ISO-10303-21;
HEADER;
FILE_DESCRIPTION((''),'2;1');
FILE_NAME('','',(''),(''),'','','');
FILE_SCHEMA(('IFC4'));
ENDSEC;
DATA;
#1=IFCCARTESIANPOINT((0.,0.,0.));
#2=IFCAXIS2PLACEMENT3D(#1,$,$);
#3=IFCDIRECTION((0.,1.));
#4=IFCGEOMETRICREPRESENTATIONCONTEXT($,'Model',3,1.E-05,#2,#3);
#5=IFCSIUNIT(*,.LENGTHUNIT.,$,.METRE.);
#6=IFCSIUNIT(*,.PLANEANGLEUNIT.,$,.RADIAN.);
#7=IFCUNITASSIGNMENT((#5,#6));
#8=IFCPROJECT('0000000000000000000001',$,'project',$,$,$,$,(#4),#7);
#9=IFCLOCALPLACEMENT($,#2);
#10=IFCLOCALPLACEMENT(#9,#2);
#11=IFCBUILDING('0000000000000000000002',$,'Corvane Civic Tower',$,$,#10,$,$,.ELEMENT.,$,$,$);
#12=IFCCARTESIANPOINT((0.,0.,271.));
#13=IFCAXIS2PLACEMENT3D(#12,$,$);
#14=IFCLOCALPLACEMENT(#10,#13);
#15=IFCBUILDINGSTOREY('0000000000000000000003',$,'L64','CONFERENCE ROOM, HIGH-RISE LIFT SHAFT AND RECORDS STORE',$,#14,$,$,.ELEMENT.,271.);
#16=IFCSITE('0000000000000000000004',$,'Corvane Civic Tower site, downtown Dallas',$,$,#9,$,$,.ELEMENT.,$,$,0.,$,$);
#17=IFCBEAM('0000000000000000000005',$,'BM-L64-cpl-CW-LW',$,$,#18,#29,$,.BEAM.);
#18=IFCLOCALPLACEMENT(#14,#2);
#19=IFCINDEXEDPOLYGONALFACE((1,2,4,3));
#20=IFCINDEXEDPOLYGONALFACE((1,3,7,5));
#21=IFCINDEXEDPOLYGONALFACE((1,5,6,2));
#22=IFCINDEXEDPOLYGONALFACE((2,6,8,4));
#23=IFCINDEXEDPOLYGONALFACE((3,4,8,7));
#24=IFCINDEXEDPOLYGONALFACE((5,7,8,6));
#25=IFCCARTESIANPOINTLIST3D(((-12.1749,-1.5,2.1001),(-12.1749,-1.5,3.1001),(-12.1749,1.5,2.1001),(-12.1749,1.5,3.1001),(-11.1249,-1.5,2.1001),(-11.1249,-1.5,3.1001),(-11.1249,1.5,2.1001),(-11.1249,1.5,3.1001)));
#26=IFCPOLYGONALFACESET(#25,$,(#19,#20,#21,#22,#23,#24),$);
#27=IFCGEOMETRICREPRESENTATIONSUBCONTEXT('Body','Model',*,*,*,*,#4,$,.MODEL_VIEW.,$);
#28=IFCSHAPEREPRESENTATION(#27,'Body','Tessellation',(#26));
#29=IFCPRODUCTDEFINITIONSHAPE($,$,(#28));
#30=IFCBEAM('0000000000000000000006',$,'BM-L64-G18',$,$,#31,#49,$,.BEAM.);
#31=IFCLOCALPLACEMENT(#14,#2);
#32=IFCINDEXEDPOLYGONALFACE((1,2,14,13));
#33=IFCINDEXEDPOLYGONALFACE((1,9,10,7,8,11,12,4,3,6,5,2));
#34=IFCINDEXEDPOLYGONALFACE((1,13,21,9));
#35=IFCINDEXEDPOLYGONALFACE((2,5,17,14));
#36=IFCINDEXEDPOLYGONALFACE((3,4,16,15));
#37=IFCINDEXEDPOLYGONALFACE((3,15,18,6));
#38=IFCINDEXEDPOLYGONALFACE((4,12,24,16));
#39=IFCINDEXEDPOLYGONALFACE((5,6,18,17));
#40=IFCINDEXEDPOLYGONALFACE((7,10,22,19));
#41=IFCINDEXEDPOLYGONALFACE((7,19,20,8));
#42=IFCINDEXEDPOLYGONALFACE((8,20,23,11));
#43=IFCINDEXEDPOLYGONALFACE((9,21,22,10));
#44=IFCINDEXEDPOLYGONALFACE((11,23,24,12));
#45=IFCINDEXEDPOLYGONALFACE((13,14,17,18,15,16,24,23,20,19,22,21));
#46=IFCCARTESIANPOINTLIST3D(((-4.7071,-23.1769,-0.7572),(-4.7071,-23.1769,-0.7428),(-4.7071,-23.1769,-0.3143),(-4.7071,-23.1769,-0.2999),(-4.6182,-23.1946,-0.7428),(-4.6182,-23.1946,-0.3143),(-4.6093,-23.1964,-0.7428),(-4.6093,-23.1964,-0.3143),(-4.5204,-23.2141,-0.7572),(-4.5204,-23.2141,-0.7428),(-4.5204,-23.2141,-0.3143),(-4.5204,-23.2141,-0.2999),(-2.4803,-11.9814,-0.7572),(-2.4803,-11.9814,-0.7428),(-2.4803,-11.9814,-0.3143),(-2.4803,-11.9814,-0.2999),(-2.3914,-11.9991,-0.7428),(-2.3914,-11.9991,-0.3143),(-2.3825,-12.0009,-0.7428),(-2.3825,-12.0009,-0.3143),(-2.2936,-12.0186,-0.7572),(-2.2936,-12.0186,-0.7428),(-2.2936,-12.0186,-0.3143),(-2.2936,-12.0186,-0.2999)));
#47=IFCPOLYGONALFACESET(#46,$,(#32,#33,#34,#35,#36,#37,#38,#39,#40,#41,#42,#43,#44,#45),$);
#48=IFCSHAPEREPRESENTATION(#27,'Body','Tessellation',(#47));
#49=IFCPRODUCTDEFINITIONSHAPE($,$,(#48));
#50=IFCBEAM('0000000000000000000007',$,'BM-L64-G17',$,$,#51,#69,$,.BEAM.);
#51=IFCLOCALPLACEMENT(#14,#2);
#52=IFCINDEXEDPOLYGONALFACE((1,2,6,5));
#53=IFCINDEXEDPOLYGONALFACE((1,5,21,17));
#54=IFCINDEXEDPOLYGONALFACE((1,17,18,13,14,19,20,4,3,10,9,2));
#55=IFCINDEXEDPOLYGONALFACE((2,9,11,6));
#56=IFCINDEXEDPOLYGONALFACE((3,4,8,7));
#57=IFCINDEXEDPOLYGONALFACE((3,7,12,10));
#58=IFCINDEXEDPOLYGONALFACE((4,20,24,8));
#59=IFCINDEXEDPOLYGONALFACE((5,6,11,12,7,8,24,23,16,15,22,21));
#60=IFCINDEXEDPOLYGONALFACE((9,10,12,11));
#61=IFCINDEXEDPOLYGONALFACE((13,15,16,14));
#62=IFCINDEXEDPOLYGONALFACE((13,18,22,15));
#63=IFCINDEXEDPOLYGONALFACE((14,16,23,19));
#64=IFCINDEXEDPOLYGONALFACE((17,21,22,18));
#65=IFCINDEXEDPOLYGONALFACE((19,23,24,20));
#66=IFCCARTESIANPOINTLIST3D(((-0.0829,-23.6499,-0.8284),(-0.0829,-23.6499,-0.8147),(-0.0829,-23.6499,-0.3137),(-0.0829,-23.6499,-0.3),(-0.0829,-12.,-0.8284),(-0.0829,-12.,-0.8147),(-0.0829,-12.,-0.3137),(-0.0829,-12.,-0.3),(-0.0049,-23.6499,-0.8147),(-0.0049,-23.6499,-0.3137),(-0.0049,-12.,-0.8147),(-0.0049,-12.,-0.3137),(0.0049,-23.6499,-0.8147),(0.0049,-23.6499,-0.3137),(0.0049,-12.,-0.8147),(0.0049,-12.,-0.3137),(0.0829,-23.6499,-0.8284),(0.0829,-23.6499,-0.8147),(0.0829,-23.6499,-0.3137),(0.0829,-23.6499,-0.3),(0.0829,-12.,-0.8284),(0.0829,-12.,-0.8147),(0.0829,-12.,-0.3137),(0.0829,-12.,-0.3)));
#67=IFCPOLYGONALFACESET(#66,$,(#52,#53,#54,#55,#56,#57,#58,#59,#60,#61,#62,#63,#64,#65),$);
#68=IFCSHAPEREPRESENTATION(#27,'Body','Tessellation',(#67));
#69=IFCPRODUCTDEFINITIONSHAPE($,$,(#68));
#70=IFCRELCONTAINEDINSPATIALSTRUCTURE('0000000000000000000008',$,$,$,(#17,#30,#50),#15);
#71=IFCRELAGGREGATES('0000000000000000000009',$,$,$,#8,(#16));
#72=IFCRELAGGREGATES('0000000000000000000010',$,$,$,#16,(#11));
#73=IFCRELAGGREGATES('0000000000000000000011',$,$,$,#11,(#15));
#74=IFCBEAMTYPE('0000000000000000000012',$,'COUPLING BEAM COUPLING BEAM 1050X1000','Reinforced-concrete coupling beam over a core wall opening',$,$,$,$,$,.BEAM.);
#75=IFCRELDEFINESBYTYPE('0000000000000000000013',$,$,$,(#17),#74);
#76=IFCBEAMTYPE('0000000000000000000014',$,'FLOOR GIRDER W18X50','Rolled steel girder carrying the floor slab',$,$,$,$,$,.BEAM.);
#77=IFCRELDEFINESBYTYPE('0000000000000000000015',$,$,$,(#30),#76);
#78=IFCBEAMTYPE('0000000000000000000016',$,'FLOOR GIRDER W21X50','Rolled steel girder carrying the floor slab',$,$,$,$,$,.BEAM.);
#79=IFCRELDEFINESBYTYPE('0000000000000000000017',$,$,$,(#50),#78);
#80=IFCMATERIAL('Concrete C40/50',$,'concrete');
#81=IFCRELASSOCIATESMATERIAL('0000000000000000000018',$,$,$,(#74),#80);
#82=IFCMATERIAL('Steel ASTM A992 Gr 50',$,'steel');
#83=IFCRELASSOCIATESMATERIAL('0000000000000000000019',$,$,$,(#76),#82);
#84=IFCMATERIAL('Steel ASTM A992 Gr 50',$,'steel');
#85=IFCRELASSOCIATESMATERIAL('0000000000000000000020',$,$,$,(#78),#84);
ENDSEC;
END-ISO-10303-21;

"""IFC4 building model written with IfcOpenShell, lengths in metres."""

from ifc_helpers import new_model, si_unit, direction, frame, origin, origin_2d, place, context, subcontext, project, spatial, rectangle, i_section, extrude, material, material_profile, profile_set, type_object, element, save


model = new_model("IFC4")

# Units and contexts
model_context = context("Model", 3, precision=1e-05, world=origin(), true_north=direction((0.0, 1.0)))
body_context = subcontext(model_context, "Body", "Model", "MODEL_VIEW")
ifc_project = project(units=[si_unit("LENGTHUNIT", "METRE"), si_unit("PLANEANGLEUNIT", "RADIAN")], contexts=[model_context])

# Site, building, storey
site_placement = place(None, origin())
site = spatial("IfcSite", under=ifc_project, at=site_placement, Name="Corvane Civic Tower site, downtown Dallas", CompositionType="ELEMENT", RefElevation=0.0)
building_placement = place(site_placement, origin())
building = spatial("IfcBuilding", under=site, at=building_placement, Name="Corvane Civic Tower", CompositionType="ELEMENT")
storey_placement = place(building_placement, frame((0.0, 0.0, 271.0)))
storey = spatial("IfcBuildingStorey", under=building, at=storey_placement, Name="L64", Description="CONFERENCE ROOM, HIGH-RISE LIFT SHAFT AND RECORDS STORE", CompositionType="ELEMENT", Elevation=271.0)

# Beams
ifc_material_1 = material(Name="Concrete C40/50", Category="concrete")
ifc_material_profile_1 = material_profile(ifc_material_1, rectangle(XDim=1.05, YDim=1.0, at=origin_2d()), Name="COUPLING BEAM 1050X1000")
ifc_profile_set_1 = profile_set([ifc_material_profile_1], Name="Concrete C40/50")
beam_type_1 = type_object("IfcBeamType", Name="COUPLING BEAM COUPLING BEAM 1050X1000", Description="Reinforced-concrete coupling beam over a core wall opening", PredefinedType="BEAM", material=ifc_profile_set_1)
beam_1_placement = place(storey_placement, frame((-11.6499, -1.5, 2.6001), z_axis=(0.0, 1.0, 0.0), x_axis=(-1.0, 0.0, 0.0)))
element("IfcBeam", 1, at=beam_1_placement, inside=storey, type_object=beam_type_1, Name="BM-L64-cpl-CW-LW", PredefinedType="BEAM", context=body_context, shape_type="SweptSolid", body=[
    extrude(rectangle(XDim=1.05, YDim=1.0, at=origin_2d()), origin(), (0.0, 0.0, 1.0), 3.0),
])
ifc_material_2 = material(Name="Steel ASTM A992 Gr 50", Category="steel")
ifc_material_profile_2 = material_profile(ifc_material_2, i_section(OverallWidth=0.1904, OverallDepth=0.4573, WebThickness=0.009, FlangeThickness=0.0144, at=origin_2d()), Name="W18X50")
ifc_profile_set_2 = profile_set([ifc_material_profile_2], Name="Steel ASTM A992 Gr 50")
beam_type_2 = type_object("IfcBeamType", Name="FLOOR GIRDER W18X50", Description="Rolled steel girder carrying the floor slab", PredefinedType="BEAM", material=ifc_profile_set_2)
beam_2_placement = place(storey_placement, frame((-2.387, -12.0, -0.5286), z_axis=(-0.19508, -0.980787, 0.0), x_axis=(0.980787, -0.19508, 0.0)))
element("IfcBeam", 2, at=beam_2_placement, inside=storey, type_object=beam_type_2, Name="BM-L64-G18", PredefinedType="BEAM", context=body_context, shape_type="SweptSolid", body=[
    extrude(i_section(OverallWidth=0.1904, OverallDepth=0.4573, WebThickness=0.009, FlangeThickness=0.0144, at=origin_2d()), origin(), (0.0, 0.0, 1.0), 11.4148),
])
ifc_material_3 = material(Name="Steel ASTM A992 Gr 50", Category="steel")
ifc_material_profile_3 = material_profile(ifc_material_3, i_section(OverallWidth=0.1658, OverallDepth=0.5283, WebThickness=0.0098, FlangeThickness=0.0137, at=origin_2d()), Name="W21X50")
ifc_profile_set_3 = profile_set([ifc_material_profile_3], Name="Steel ASTM A992 Gr 50")
beam_type_3 = type_object("IfcBeamType", Name="FLOOR GIRDER W21X50", Description="Rolled steel girder carrying the floor slab", PredefinedType="BEAM", material=ifc_profile_set_3)
beam_3_placement = place(storey_placement, frame((0.0, -12.0, -0.5642), z_axis=(0.0, -1.0, 0.0), x_axis=(1.0, 0.0, 0.0)))
element("IfcBeam", 3, at=beam_3_placement, inside=storey, type_object=beam_type_3, Name="BM-L64-G17", PredefinedType="BEAM", context=body_context, shape_type="SweptSolid", body=[
    extrude(i_section(OverallWidth=0.1658, OverallDepth=0.5283, WebThickness=0.0098, FlangeThickness=0.0137, at=origin_2d()), origin(), (0.0, 0.0, 1.0), 11.6499),
])

save(model, "model.ifc")
